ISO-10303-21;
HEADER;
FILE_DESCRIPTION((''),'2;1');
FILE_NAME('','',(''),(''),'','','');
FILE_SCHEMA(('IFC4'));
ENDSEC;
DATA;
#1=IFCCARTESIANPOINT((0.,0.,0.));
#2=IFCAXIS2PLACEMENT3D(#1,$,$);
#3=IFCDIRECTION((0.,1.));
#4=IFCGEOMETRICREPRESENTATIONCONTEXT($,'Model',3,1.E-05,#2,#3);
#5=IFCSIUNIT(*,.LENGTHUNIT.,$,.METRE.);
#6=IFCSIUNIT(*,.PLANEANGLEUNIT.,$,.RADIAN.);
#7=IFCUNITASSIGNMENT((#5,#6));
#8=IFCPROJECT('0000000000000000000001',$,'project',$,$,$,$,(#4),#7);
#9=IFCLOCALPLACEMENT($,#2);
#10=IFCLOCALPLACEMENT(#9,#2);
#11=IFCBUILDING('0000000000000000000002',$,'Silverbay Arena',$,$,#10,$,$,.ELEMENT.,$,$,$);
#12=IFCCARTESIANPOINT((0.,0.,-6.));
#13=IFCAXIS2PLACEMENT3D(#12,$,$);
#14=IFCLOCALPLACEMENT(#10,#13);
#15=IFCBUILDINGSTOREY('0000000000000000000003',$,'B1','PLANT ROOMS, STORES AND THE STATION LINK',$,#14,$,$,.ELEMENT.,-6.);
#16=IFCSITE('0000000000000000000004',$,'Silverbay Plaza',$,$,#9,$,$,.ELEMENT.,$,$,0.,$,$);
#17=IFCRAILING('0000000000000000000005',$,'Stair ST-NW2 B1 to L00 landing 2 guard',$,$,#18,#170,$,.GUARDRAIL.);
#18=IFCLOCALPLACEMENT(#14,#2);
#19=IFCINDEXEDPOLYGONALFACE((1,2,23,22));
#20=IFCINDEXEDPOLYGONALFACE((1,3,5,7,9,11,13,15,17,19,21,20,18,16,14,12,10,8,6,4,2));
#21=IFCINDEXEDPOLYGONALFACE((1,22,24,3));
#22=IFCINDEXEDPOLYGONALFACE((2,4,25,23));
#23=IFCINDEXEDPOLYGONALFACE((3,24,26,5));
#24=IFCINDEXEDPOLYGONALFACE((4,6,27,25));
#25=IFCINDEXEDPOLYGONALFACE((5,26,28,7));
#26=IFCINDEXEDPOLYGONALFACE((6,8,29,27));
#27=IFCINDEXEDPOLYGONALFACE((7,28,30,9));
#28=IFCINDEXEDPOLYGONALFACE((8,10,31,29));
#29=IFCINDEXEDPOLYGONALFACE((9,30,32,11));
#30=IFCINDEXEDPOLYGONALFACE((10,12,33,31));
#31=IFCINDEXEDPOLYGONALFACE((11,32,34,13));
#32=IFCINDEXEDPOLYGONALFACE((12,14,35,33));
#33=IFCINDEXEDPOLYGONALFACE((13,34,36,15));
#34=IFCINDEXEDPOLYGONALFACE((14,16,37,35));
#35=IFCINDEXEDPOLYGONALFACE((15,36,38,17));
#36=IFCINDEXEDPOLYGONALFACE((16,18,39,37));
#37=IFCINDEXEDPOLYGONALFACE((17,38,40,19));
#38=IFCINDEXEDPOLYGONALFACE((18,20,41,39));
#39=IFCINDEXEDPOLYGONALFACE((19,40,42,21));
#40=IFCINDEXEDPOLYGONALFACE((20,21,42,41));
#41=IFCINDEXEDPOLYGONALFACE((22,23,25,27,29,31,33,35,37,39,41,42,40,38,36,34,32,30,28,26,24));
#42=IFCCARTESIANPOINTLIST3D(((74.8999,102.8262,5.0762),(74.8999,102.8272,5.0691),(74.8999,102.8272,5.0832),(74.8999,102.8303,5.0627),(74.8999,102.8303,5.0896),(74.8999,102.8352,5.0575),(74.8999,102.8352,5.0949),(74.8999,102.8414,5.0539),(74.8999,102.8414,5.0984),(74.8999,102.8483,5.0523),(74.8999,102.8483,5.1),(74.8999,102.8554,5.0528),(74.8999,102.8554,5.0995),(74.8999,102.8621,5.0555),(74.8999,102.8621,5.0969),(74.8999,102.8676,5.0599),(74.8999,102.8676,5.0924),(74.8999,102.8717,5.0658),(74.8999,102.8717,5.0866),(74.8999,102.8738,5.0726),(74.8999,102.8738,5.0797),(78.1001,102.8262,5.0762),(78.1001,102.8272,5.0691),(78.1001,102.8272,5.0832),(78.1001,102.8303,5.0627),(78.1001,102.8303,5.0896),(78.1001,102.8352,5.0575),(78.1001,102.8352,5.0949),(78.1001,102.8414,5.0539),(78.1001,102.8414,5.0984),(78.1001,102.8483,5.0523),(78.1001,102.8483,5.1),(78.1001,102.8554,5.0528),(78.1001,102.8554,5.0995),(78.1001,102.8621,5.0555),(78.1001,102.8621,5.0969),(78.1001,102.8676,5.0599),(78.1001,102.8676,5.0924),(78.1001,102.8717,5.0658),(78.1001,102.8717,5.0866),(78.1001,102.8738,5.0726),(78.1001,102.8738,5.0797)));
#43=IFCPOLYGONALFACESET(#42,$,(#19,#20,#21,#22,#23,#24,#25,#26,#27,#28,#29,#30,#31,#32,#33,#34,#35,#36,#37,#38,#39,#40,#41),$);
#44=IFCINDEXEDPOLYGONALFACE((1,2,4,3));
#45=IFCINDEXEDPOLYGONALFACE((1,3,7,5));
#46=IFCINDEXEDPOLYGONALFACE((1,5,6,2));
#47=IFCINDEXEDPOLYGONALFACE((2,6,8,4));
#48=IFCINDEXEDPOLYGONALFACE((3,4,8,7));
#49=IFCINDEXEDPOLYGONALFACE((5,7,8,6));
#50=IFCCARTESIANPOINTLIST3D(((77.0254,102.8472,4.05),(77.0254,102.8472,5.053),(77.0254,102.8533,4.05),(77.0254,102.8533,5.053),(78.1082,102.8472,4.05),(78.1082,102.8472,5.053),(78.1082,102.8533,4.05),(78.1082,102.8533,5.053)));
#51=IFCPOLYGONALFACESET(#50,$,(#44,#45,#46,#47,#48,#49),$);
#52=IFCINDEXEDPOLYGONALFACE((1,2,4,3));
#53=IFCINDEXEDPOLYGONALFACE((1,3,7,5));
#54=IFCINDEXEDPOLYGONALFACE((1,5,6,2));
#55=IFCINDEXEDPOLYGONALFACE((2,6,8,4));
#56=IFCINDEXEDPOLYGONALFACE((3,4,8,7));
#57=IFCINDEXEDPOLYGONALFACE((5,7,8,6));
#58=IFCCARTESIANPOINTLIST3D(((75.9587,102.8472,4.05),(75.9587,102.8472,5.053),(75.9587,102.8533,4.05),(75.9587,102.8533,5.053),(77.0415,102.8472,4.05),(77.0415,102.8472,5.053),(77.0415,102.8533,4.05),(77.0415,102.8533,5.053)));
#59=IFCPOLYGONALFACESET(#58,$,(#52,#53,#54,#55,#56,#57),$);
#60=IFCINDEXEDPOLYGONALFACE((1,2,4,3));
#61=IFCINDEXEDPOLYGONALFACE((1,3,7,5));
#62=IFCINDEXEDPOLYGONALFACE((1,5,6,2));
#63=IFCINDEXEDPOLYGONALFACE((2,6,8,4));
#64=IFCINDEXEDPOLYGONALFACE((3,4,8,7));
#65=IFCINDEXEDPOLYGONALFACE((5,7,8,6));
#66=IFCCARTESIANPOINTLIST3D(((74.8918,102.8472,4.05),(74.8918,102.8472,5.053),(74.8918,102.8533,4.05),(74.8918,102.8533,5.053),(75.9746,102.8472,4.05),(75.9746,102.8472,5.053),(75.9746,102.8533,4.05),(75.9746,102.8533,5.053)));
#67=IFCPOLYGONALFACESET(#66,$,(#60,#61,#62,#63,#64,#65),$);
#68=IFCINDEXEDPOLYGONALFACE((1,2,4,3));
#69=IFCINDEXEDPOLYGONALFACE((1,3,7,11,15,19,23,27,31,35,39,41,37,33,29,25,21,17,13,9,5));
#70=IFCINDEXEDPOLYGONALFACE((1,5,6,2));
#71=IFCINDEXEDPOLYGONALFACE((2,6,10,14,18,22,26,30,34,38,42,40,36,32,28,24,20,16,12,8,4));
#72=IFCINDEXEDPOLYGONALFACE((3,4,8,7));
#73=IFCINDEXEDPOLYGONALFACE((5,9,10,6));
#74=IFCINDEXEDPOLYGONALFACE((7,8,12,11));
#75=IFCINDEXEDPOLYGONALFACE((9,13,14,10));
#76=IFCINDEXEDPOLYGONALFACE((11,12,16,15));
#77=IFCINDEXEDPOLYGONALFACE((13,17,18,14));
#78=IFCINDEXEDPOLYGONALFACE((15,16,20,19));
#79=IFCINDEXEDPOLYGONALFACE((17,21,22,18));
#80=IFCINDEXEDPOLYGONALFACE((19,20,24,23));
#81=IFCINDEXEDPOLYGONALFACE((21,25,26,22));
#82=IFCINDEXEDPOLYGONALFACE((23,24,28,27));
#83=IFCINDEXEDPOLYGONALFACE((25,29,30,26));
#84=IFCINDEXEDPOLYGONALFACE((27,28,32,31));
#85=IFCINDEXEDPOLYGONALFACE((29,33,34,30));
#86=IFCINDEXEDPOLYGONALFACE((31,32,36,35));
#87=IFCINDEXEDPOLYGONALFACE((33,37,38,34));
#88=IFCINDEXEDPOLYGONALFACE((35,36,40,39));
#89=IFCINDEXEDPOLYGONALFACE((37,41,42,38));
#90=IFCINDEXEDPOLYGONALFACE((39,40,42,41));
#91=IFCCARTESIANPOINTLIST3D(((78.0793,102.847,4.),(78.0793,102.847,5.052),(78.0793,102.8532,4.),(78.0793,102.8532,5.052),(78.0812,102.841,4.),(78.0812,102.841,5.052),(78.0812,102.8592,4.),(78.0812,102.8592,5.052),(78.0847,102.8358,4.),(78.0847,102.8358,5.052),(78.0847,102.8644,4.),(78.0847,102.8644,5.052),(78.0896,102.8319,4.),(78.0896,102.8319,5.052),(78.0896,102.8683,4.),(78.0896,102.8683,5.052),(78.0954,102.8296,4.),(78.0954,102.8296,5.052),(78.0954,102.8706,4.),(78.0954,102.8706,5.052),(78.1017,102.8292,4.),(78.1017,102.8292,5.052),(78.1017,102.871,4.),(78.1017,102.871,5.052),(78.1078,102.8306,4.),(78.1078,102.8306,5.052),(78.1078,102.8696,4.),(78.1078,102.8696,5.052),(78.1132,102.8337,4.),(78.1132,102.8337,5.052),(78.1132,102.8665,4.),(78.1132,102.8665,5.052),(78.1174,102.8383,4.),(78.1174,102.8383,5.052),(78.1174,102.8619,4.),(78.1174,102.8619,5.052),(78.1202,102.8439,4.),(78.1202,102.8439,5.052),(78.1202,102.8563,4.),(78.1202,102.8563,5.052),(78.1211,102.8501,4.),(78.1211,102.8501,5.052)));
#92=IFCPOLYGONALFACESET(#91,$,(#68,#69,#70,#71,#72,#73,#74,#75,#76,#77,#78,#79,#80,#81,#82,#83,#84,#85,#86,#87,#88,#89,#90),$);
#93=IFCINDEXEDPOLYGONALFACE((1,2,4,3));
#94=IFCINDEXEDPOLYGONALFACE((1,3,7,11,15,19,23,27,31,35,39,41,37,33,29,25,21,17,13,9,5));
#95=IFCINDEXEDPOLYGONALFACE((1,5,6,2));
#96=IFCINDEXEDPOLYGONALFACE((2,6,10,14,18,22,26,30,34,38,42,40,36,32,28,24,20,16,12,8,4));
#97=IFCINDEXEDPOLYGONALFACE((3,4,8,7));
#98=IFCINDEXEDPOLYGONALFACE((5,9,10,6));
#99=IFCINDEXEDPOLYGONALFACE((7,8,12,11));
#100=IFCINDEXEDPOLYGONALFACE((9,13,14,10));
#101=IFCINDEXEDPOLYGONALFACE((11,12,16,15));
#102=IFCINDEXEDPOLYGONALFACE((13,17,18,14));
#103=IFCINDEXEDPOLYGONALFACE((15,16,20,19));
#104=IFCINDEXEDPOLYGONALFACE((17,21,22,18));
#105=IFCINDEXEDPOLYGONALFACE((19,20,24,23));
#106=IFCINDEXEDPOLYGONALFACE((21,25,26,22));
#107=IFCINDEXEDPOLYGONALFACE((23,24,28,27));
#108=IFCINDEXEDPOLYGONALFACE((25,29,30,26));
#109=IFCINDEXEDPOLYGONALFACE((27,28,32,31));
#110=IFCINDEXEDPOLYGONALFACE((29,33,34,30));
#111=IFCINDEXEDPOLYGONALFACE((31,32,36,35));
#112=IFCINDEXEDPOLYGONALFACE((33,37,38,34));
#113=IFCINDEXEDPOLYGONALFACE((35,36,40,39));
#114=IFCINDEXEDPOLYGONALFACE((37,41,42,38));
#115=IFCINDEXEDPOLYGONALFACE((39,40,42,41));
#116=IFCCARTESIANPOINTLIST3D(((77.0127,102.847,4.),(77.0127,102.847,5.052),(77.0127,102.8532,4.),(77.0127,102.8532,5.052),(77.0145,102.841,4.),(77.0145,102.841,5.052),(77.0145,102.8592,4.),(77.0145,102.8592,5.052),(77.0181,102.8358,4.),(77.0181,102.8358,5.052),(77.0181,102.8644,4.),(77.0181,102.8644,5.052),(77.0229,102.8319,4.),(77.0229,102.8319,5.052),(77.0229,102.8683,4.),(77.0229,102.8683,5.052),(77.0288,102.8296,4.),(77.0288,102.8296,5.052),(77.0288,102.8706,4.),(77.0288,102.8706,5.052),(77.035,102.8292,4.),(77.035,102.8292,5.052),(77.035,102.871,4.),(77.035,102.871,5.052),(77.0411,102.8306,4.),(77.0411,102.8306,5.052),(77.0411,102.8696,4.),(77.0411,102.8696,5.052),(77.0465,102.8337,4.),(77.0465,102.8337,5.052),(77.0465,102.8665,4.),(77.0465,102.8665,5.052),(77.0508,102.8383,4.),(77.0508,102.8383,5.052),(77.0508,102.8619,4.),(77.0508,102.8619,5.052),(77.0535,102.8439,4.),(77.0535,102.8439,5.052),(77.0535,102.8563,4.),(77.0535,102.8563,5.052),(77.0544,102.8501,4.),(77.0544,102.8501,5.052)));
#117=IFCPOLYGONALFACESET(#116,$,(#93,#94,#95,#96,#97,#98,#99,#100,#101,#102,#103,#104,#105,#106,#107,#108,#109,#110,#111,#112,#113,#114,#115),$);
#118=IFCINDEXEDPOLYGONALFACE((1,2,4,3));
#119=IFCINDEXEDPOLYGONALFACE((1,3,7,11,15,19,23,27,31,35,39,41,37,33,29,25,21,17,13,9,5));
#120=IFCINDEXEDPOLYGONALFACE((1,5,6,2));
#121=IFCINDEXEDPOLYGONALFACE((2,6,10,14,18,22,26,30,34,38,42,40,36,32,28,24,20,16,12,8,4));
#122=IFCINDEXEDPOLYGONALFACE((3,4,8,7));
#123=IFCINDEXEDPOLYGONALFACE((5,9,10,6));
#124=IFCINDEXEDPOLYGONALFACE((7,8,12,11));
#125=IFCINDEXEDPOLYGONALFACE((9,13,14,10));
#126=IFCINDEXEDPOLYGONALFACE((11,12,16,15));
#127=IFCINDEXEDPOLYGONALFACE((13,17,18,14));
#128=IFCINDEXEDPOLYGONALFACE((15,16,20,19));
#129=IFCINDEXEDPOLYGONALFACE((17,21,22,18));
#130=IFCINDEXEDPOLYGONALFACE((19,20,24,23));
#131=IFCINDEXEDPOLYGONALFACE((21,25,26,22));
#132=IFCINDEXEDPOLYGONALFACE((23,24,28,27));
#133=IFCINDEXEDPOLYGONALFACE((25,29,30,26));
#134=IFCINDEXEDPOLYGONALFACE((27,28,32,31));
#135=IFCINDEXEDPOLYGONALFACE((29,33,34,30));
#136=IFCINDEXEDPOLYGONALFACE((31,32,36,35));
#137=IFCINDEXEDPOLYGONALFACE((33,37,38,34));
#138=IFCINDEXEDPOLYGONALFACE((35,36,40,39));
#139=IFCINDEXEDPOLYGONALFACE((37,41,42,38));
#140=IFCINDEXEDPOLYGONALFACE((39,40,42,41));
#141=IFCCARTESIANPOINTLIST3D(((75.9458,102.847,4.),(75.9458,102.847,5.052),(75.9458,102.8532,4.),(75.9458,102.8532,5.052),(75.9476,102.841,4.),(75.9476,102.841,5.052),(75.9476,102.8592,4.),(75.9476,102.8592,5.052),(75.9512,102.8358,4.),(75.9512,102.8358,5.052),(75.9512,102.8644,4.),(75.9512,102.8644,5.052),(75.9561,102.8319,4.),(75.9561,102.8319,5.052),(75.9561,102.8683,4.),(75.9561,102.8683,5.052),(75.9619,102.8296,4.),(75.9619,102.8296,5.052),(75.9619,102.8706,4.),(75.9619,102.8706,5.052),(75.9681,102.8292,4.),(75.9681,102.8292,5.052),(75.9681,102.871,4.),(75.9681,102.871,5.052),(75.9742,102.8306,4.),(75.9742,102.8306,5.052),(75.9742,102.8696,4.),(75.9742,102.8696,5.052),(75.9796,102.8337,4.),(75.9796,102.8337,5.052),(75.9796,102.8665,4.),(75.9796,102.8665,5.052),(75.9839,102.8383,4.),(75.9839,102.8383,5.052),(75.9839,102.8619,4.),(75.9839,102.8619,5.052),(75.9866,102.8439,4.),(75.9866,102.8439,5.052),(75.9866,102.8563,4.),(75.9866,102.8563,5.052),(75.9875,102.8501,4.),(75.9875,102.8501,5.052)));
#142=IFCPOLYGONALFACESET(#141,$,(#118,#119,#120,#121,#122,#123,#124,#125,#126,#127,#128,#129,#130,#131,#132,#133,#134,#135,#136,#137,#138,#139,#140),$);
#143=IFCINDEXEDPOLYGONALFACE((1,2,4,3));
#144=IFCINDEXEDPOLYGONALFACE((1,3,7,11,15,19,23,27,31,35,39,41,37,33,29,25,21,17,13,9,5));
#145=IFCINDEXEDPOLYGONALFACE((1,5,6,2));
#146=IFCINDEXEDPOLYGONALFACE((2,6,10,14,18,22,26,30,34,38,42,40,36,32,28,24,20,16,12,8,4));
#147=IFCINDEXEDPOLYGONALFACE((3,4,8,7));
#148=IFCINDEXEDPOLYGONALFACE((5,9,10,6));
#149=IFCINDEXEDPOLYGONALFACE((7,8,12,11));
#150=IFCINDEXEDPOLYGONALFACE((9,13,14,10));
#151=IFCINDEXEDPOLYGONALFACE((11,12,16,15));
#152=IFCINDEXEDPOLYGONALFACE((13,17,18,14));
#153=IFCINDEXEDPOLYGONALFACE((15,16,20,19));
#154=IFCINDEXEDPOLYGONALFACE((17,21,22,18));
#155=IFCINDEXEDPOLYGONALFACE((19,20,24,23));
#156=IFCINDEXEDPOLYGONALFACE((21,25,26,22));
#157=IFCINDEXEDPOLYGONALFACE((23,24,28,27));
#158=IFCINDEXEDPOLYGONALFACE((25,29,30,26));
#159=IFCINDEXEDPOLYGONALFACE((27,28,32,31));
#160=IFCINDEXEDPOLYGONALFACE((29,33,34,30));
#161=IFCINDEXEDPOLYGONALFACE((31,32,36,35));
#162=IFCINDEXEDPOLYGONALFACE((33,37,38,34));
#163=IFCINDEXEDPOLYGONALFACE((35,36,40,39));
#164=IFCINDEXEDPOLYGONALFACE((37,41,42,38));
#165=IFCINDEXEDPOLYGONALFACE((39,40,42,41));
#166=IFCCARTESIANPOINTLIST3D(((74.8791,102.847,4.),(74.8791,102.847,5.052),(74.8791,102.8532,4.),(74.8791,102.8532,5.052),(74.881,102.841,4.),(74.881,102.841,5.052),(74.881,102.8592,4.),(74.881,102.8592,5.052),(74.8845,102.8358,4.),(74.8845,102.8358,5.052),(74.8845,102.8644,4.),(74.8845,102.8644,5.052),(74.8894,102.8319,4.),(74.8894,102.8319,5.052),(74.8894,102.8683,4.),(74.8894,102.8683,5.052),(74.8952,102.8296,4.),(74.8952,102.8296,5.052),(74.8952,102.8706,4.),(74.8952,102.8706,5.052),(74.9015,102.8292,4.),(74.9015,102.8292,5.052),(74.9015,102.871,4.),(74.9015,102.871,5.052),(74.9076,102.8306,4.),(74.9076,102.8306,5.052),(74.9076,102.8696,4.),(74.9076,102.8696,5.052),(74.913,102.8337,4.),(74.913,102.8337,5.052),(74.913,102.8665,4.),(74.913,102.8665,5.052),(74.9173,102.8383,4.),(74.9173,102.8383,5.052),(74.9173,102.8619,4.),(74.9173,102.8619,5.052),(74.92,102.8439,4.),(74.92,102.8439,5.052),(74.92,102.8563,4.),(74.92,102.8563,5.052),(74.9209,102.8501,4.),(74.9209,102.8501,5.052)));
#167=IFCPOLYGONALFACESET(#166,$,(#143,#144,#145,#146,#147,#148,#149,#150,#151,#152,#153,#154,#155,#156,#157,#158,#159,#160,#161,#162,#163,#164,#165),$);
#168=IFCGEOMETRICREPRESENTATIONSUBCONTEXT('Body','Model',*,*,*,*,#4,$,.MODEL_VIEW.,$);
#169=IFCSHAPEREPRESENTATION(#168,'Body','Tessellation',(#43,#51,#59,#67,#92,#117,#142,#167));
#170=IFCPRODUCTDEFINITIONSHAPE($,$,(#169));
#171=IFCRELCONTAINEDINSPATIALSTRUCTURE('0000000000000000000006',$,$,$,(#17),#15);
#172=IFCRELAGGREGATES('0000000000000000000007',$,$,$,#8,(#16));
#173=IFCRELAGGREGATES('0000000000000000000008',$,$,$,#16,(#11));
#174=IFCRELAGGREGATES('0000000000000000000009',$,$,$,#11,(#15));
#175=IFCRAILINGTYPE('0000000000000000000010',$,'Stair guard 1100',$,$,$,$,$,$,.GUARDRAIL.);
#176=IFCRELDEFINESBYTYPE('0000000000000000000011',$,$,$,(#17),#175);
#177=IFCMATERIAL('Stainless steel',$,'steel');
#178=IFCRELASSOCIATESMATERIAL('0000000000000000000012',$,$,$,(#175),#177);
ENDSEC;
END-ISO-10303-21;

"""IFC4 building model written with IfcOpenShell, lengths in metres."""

from ifc_helpers import new_model, si_unit, direction, frame, origin, origin_2d, place, context, subcontext, project, spatial, polyline, circle, outline, extrude, material, type_object, element, save


model = new_model("IFC4")

# Units and contexts
model_context = context("Model", 3, precision=1e-05, world=origin(), true_north=direction((0.0, 1.0)))
body_context = subcontext(model_context, "Body", "Model", "MODEL_VIEW")
ifc_project = project(units=[si_unit("LENGTHUNIT", "METRE"), si_unit("PLANEANGLEUNIT", "RADIAN")], contexts=[model_context])

# Site, building, storey
site_placement = place(None, origin())
site = spatial("IfcSite", under=ifc_project, at=site_placement, Name="Silverbay Plaza", CompositionType="ELEMENT", RefElevation=0.0)
building_placement = place(site_placement, origin())
building = spatial("IfcBuilding", under=site, at=building_placement, Name="Silverbay Arena", CompositionType="ELEMENT")
storey_placement = place(building_placement, frame((0.0, 0.0, -6.0)))
storey = spatial("IfcBuildingStorey", under=building, at=storey_placement, Name="B1", Description="PLANT ROOMS, STORES AND THE STATION LINK", CompositionType="ELEMENT", Elevation=-6.0)

# Railing
ifc_material_1 = material(Name="Stainless steel", Category="steel")
railing_type_1 = type_object("IfcRailingType", Name="Stair guard 1100", PredefinedType="GUARDRAIL", material=ifc_material_1)
for number, where, name in (
    (1, (78.1001, 102.8501, 4.0), "Stair ST-NW2 B1 to L00 landing 2 guard"),
):
    element("IfcRailing", number, at=place(storey_placement, frame(where)), inside=storey, type_object=railing_type_1, Name=name, PredefinedType="GUARDRAIL", context=body_context, shape_type="SweptSolid", body=[
        extrude(circle(Radius=0.0239, at=origin_2d()), frame((0.0, 0.0, 1.0762), z_axis=(-1.0, 0.0, 0.0), x_axis=(0.0, -1.0, 0.0)), (0.0, 0.0, 1.0), 3.2002),
        extrude(outline(polyline([(-0.0081, 0.05), (1.0747, 0.05), (1.0747, 1.053), (-0.0081, 1.053), (-0.0081, 0.05)])), frame((0.0, -0.0029, 0.0), z_axis=(0.0, 1.0, 0.0), x_axis=(-1.0, 0.0, 0.0)), (0.0, 0.0, 1.0), 0.0061),
        extrude(outline(polyline([(-0.0081, 0.05), (1.0747, 0.05), (1.0747, 1.053), (-0.0081, 1.053), (-0.0081, 0.05)])), frame((-1.0667, -0.0029, 0.0), z_axis=(0.0, 1.0, 0.0), x_axis=(-1.0, 0.0, 0.0)), (0.0, 0.0, 1.0), 0.0061),
        extrude(outline(polyline([(-0.0081, 0.05), (1.0747, 0.05), (1.0747, 1.053), (-0.0081, 1.053), (-0.0081, 0.05)])), frame((-2.1335, -0.0029, 0.0), z_axis=(0.0, 1.0, 0.0), x_axis=(-1.0, 0.0, 0.0)), (0.0, 0.0, 1.0), 0.0061),
        extrude(circle(Radius=0.021, at=origin_2d()), origin(), (0.0, 0.0, 1.0), 1.052),
        extrude(circle(Radius=0.021, at=origin_2d()), frame((-1.0667, 0.0, 0.0)), (0.0, 0.0, 1.0), 1.052),
        extrude(circle(Radius=0.021, at=origin_2d()), frame((-2.1335, 0.0, 0.0)), (0.0, 0.0, 1.0), 1.052),
        extrude(circle(Radius=0.021, at=origin_2d()), frame((-3.2002, 0.0, 0.0)), (0.0, 0.0, 1.0), 1.052),
    ])

save(model, "model.ifc")
